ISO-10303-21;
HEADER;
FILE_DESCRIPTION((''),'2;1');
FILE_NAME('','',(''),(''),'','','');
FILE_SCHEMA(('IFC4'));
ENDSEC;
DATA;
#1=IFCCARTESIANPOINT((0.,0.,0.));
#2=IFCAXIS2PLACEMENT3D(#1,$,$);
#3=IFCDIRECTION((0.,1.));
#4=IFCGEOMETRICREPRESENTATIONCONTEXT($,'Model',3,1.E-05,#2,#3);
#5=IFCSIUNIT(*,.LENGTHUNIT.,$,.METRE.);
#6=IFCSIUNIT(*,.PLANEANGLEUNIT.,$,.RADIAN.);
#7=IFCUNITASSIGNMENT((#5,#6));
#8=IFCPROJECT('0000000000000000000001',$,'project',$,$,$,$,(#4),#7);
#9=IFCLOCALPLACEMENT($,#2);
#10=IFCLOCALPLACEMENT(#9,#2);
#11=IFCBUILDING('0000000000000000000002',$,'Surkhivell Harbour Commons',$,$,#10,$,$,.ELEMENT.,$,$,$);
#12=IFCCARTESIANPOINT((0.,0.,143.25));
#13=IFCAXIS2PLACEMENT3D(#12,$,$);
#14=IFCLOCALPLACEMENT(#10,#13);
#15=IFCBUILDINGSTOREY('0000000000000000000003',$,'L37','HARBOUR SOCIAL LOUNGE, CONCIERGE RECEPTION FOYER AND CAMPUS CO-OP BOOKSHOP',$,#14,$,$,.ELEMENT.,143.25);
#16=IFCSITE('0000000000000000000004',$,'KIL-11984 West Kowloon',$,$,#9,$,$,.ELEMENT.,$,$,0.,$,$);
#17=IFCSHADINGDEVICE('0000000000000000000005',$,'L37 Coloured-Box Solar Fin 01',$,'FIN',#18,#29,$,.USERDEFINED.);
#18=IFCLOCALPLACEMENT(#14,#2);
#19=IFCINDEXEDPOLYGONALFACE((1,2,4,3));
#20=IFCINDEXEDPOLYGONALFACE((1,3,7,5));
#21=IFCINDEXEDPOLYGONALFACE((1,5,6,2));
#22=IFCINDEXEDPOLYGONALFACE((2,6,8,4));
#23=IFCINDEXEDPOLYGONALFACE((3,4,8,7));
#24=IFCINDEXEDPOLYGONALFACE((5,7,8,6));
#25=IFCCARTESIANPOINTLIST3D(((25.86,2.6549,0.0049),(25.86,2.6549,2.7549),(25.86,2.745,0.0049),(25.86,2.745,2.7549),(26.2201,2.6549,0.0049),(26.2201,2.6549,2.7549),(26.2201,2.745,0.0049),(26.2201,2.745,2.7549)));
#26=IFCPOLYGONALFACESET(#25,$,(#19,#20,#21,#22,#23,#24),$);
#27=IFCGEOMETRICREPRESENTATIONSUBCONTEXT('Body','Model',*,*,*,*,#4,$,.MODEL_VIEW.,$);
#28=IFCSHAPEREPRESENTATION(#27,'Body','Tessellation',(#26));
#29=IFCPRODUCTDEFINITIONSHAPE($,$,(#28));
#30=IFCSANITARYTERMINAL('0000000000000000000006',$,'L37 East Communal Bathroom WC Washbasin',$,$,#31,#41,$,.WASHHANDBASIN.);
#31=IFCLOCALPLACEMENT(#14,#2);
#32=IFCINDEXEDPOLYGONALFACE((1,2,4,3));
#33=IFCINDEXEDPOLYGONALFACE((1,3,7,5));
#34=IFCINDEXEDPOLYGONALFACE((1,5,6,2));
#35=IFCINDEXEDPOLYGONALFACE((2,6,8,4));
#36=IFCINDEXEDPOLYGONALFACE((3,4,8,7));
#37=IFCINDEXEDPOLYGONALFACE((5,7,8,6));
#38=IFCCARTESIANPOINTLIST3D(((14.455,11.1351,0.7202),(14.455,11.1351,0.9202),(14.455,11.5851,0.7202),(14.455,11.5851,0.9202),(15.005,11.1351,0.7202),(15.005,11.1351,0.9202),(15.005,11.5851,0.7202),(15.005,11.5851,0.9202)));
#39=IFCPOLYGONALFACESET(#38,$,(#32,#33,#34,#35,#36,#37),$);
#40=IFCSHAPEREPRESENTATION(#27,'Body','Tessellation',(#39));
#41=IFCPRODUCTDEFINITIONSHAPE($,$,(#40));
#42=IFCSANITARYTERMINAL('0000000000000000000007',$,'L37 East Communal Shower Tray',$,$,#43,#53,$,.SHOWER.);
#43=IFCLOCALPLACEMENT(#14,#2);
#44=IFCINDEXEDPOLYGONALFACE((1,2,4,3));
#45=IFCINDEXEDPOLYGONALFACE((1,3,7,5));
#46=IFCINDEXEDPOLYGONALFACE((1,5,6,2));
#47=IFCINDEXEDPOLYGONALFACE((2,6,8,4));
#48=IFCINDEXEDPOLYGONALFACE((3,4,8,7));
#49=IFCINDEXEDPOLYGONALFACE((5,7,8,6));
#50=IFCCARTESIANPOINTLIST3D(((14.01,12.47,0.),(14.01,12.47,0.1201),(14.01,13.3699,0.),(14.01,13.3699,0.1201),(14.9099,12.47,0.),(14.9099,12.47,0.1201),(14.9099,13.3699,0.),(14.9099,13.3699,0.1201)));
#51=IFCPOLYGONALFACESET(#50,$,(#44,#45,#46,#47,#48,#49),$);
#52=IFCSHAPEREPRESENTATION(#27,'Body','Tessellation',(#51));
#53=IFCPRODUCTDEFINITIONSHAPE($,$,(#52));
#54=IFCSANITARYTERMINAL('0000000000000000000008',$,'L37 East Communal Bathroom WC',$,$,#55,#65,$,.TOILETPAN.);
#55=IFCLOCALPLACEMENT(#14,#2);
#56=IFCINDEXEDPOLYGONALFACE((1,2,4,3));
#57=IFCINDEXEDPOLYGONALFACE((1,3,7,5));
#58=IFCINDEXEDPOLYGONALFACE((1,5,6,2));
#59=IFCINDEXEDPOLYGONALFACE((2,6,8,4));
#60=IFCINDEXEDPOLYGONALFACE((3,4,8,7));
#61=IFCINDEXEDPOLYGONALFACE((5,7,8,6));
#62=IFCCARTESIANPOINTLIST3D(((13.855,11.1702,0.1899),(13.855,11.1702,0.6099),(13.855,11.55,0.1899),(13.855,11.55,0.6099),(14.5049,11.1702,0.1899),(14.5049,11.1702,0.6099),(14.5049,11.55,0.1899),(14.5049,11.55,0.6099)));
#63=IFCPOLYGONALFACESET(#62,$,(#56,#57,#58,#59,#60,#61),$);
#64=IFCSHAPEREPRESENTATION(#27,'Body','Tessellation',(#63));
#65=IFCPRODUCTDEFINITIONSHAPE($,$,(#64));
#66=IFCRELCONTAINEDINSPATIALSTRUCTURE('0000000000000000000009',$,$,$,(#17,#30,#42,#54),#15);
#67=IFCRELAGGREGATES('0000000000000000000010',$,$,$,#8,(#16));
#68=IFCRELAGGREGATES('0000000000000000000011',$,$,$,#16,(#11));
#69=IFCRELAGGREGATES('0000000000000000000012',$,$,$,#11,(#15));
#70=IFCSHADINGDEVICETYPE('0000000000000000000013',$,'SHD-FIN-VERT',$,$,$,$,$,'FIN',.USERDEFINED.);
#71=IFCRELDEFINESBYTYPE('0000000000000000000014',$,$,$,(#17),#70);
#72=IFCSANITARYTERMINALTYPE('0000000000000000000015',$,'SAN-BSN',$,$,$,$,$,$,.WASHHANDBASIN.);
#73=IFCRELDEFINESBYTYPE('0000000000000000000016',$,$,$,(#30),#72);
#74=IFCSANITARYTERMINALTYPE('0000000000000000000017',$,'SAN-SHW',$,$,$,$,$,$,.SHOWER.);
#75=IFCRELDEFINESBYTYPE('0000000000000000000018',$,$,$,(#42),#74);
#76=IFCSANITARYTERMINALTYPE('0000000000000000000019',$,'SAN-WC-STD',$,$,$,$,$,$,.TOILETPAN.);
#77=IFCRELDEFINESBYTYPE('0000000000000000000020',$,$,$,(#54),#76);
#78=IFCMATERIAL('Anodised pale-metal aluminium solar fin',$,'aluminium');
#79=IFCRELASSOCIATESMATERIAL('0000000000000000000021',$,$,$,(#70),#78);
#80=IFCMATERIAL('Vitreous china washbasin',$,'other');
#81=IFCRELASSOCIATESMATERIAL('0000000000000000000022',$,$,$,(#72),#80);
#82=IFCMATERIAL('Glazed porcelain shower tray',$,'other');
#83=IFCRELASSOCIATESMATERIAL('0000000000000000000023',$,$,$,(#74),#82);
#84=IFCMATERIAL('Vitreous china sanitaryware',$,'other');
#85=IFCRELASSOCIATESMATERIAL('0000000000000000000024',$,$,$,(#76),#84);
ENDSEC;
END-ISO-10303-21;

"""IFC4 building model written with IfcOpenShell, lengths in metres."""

from ifc_helpers import new_model, si_unit, direction, frame, origin, origin_2d, place, context, subcontext, project, spatial, rectangle, extrude, material, type_object, element, save


model = new_model("IFC4")

# Units and contexts
model_context = context("Model", 3, precision=1e-05, world=origin(), true_north=direction((0.0, 1.0)))
body_context = subcontext(model_context, "Body", "Model", "MODEL_VIEW")
ifc_project = project(units=[si_unit("LENGTHUNIT", "METRE"), si_unit("PLANEANGLEUNIT", "RADIAN")], contexts=[model_context])

# Site, building, storey
site_placement = place(None, origin())
site = spatial("IfcSite", under=ifc_project, at=site_placement, Name="KIL-11984 West Kowloon", CompositionType="ELEMENT", RefElevation=0.0)
building_placement = place(site_placement, origin())
building = spatial("IfcBuilding", under=site, at=building_placement, Name="Surkhivell Harbour Commons", CompositionType="ELEMENT")
storey_placement = place(building_placement, frame((0.0, 0.0, 143.25)))
storey = spatial("IfcBuildingStorey", under=building, at=storey_placement, Name="L37", Description="HARBOUR SOCIAL LOUNGE, CONCIERGE RECEPTION FOYER AND CAMPUS CO-OP BOOKSHOP", CompositionType="ELEMENT", Elevation=143.25)

# Shading device
ifc_material_1 = material(Name="Anodised pale-metal aluminium solar fin", Category="aluminium")
shading_device_type = type_object("IfcShadingDeviceType", Name="SHD-FIN-VERT", ElementType="FIN", PredefinedType="USERDEFINED", material=ifc_material_1)
shading_device_placement = place(storey_placement, frame((26.04, 2.7, 0.0049), z_axis=(0.0, 0.0, 1.0), x_axis=(1.0, 0.0, 0.0)))
element("IfcShadingDevice", 1, at=shading_device_placement, inside=storey, type_object=shading_device_type, Name="L37 Coloured-Box Solar Fin 01", ObjectType="FIN", PredefinedType="USERDEFINED", context=body_context, shape_type="SweptSolid", body=[
    extrude(rectangle(XDim=0.3601, YDim=0.0901, at=origin_2d()), origin(), (0.0, 0.0, 1.0), 2.75),
])

# Sanitary terminals
ifc_material_2 = material(Name="Vitreous china washbasin", Category="other")
sanitary_terminal_type_1 = type_object("IfcSanitaryTerminalType", Name="SAN-BSN", PredefinedType="WASHHANDBASIN", material=ifc_material_2)
sanitary_terminal_1_placement = place(storey_placement, frame((14.73, 11.3601, 0.7202), z_axis=(0.0, 0.0, 1.0), x_axis=(1.0, 0.0, 0.0)))
element("IfcSanitaryTerminal", 2, at=sanitary_terminal_1_placement, inside=storey, type_object=sanitary_terminal_type_1, Name="L37 East Communal Bathroom WC Washbasin", PredefinedType="WASHHANDBASIN", context=body_context, shape_type="SweptSolid", body=[
    extrude(rectangle(XDim=0.55, YDim=0.45, at=origin_2d()), origin(), (0.0, 0.0, 1.0), 0.2),
])
ifc_material_3 = material(Name="Glazed porcelain shower tray", Category="other")
sanitary_terminal_type_2 = type_object("IfcSanitaryTerminalType", Name="SAN-SHW", PredefinedType="SHOWER", material=ifc_material_3)
sanitary_terminal_2_placement = place(storey_placement, frame((14.46, 12.9199, 0.0), z_axis=(0.0, 0.0, 1.0), x_axis=(1.0, 0.0, 0.0)))
element("IfcSanitaryTerminal", 3, at=sanitary_terminal_2_placement, inside=storey, type_object=sanitary_terminal_type_2, Name="L37 East Communal Shower Tray", PredefinedType="SHOWER", context=body_context, shape_type="SweptSolid", body=[
    extrude(rectangle(XDim=0.8999, YDim=0.8999, at=origin_2d()), origin(), (0.0, 0.0, 1.0), 0.1201),
])
ifc_material_4 = material(Name="Vitreous china sanitaryware", Category="other")
sanitary_terminal_type_3 = type_object("IfcSanitaryTerminalType", Name="SAN-WC-STD", PredefinedType="TOILETPAN", material=ifc_material_4)
sanitary_terminal_3_placement = place(storey_placement, frame((14.1799, 11.3601, 0.1899), z_axis=(0.0, 0.0, 1.0), x_axis=(1.0, 0.0, 0.0)))
element("IfcSanitaryTerminal", 4, at=sanitary_terminal_3_placement, inside=storey, type_object=sanitary_terminal_type_3, Name="L37 East Communal Bathroom WC", PredefinedType="TOILETPAN", context=body_context, shape_type="SweptSolid", body=[
    extrude(rectangle(XDim=0.6499, YDim=0.3799, at=origin_2d()), origin(), (0.0, 0.0, 1.0), 0.4199),
])

save(model, "model.ifc")
